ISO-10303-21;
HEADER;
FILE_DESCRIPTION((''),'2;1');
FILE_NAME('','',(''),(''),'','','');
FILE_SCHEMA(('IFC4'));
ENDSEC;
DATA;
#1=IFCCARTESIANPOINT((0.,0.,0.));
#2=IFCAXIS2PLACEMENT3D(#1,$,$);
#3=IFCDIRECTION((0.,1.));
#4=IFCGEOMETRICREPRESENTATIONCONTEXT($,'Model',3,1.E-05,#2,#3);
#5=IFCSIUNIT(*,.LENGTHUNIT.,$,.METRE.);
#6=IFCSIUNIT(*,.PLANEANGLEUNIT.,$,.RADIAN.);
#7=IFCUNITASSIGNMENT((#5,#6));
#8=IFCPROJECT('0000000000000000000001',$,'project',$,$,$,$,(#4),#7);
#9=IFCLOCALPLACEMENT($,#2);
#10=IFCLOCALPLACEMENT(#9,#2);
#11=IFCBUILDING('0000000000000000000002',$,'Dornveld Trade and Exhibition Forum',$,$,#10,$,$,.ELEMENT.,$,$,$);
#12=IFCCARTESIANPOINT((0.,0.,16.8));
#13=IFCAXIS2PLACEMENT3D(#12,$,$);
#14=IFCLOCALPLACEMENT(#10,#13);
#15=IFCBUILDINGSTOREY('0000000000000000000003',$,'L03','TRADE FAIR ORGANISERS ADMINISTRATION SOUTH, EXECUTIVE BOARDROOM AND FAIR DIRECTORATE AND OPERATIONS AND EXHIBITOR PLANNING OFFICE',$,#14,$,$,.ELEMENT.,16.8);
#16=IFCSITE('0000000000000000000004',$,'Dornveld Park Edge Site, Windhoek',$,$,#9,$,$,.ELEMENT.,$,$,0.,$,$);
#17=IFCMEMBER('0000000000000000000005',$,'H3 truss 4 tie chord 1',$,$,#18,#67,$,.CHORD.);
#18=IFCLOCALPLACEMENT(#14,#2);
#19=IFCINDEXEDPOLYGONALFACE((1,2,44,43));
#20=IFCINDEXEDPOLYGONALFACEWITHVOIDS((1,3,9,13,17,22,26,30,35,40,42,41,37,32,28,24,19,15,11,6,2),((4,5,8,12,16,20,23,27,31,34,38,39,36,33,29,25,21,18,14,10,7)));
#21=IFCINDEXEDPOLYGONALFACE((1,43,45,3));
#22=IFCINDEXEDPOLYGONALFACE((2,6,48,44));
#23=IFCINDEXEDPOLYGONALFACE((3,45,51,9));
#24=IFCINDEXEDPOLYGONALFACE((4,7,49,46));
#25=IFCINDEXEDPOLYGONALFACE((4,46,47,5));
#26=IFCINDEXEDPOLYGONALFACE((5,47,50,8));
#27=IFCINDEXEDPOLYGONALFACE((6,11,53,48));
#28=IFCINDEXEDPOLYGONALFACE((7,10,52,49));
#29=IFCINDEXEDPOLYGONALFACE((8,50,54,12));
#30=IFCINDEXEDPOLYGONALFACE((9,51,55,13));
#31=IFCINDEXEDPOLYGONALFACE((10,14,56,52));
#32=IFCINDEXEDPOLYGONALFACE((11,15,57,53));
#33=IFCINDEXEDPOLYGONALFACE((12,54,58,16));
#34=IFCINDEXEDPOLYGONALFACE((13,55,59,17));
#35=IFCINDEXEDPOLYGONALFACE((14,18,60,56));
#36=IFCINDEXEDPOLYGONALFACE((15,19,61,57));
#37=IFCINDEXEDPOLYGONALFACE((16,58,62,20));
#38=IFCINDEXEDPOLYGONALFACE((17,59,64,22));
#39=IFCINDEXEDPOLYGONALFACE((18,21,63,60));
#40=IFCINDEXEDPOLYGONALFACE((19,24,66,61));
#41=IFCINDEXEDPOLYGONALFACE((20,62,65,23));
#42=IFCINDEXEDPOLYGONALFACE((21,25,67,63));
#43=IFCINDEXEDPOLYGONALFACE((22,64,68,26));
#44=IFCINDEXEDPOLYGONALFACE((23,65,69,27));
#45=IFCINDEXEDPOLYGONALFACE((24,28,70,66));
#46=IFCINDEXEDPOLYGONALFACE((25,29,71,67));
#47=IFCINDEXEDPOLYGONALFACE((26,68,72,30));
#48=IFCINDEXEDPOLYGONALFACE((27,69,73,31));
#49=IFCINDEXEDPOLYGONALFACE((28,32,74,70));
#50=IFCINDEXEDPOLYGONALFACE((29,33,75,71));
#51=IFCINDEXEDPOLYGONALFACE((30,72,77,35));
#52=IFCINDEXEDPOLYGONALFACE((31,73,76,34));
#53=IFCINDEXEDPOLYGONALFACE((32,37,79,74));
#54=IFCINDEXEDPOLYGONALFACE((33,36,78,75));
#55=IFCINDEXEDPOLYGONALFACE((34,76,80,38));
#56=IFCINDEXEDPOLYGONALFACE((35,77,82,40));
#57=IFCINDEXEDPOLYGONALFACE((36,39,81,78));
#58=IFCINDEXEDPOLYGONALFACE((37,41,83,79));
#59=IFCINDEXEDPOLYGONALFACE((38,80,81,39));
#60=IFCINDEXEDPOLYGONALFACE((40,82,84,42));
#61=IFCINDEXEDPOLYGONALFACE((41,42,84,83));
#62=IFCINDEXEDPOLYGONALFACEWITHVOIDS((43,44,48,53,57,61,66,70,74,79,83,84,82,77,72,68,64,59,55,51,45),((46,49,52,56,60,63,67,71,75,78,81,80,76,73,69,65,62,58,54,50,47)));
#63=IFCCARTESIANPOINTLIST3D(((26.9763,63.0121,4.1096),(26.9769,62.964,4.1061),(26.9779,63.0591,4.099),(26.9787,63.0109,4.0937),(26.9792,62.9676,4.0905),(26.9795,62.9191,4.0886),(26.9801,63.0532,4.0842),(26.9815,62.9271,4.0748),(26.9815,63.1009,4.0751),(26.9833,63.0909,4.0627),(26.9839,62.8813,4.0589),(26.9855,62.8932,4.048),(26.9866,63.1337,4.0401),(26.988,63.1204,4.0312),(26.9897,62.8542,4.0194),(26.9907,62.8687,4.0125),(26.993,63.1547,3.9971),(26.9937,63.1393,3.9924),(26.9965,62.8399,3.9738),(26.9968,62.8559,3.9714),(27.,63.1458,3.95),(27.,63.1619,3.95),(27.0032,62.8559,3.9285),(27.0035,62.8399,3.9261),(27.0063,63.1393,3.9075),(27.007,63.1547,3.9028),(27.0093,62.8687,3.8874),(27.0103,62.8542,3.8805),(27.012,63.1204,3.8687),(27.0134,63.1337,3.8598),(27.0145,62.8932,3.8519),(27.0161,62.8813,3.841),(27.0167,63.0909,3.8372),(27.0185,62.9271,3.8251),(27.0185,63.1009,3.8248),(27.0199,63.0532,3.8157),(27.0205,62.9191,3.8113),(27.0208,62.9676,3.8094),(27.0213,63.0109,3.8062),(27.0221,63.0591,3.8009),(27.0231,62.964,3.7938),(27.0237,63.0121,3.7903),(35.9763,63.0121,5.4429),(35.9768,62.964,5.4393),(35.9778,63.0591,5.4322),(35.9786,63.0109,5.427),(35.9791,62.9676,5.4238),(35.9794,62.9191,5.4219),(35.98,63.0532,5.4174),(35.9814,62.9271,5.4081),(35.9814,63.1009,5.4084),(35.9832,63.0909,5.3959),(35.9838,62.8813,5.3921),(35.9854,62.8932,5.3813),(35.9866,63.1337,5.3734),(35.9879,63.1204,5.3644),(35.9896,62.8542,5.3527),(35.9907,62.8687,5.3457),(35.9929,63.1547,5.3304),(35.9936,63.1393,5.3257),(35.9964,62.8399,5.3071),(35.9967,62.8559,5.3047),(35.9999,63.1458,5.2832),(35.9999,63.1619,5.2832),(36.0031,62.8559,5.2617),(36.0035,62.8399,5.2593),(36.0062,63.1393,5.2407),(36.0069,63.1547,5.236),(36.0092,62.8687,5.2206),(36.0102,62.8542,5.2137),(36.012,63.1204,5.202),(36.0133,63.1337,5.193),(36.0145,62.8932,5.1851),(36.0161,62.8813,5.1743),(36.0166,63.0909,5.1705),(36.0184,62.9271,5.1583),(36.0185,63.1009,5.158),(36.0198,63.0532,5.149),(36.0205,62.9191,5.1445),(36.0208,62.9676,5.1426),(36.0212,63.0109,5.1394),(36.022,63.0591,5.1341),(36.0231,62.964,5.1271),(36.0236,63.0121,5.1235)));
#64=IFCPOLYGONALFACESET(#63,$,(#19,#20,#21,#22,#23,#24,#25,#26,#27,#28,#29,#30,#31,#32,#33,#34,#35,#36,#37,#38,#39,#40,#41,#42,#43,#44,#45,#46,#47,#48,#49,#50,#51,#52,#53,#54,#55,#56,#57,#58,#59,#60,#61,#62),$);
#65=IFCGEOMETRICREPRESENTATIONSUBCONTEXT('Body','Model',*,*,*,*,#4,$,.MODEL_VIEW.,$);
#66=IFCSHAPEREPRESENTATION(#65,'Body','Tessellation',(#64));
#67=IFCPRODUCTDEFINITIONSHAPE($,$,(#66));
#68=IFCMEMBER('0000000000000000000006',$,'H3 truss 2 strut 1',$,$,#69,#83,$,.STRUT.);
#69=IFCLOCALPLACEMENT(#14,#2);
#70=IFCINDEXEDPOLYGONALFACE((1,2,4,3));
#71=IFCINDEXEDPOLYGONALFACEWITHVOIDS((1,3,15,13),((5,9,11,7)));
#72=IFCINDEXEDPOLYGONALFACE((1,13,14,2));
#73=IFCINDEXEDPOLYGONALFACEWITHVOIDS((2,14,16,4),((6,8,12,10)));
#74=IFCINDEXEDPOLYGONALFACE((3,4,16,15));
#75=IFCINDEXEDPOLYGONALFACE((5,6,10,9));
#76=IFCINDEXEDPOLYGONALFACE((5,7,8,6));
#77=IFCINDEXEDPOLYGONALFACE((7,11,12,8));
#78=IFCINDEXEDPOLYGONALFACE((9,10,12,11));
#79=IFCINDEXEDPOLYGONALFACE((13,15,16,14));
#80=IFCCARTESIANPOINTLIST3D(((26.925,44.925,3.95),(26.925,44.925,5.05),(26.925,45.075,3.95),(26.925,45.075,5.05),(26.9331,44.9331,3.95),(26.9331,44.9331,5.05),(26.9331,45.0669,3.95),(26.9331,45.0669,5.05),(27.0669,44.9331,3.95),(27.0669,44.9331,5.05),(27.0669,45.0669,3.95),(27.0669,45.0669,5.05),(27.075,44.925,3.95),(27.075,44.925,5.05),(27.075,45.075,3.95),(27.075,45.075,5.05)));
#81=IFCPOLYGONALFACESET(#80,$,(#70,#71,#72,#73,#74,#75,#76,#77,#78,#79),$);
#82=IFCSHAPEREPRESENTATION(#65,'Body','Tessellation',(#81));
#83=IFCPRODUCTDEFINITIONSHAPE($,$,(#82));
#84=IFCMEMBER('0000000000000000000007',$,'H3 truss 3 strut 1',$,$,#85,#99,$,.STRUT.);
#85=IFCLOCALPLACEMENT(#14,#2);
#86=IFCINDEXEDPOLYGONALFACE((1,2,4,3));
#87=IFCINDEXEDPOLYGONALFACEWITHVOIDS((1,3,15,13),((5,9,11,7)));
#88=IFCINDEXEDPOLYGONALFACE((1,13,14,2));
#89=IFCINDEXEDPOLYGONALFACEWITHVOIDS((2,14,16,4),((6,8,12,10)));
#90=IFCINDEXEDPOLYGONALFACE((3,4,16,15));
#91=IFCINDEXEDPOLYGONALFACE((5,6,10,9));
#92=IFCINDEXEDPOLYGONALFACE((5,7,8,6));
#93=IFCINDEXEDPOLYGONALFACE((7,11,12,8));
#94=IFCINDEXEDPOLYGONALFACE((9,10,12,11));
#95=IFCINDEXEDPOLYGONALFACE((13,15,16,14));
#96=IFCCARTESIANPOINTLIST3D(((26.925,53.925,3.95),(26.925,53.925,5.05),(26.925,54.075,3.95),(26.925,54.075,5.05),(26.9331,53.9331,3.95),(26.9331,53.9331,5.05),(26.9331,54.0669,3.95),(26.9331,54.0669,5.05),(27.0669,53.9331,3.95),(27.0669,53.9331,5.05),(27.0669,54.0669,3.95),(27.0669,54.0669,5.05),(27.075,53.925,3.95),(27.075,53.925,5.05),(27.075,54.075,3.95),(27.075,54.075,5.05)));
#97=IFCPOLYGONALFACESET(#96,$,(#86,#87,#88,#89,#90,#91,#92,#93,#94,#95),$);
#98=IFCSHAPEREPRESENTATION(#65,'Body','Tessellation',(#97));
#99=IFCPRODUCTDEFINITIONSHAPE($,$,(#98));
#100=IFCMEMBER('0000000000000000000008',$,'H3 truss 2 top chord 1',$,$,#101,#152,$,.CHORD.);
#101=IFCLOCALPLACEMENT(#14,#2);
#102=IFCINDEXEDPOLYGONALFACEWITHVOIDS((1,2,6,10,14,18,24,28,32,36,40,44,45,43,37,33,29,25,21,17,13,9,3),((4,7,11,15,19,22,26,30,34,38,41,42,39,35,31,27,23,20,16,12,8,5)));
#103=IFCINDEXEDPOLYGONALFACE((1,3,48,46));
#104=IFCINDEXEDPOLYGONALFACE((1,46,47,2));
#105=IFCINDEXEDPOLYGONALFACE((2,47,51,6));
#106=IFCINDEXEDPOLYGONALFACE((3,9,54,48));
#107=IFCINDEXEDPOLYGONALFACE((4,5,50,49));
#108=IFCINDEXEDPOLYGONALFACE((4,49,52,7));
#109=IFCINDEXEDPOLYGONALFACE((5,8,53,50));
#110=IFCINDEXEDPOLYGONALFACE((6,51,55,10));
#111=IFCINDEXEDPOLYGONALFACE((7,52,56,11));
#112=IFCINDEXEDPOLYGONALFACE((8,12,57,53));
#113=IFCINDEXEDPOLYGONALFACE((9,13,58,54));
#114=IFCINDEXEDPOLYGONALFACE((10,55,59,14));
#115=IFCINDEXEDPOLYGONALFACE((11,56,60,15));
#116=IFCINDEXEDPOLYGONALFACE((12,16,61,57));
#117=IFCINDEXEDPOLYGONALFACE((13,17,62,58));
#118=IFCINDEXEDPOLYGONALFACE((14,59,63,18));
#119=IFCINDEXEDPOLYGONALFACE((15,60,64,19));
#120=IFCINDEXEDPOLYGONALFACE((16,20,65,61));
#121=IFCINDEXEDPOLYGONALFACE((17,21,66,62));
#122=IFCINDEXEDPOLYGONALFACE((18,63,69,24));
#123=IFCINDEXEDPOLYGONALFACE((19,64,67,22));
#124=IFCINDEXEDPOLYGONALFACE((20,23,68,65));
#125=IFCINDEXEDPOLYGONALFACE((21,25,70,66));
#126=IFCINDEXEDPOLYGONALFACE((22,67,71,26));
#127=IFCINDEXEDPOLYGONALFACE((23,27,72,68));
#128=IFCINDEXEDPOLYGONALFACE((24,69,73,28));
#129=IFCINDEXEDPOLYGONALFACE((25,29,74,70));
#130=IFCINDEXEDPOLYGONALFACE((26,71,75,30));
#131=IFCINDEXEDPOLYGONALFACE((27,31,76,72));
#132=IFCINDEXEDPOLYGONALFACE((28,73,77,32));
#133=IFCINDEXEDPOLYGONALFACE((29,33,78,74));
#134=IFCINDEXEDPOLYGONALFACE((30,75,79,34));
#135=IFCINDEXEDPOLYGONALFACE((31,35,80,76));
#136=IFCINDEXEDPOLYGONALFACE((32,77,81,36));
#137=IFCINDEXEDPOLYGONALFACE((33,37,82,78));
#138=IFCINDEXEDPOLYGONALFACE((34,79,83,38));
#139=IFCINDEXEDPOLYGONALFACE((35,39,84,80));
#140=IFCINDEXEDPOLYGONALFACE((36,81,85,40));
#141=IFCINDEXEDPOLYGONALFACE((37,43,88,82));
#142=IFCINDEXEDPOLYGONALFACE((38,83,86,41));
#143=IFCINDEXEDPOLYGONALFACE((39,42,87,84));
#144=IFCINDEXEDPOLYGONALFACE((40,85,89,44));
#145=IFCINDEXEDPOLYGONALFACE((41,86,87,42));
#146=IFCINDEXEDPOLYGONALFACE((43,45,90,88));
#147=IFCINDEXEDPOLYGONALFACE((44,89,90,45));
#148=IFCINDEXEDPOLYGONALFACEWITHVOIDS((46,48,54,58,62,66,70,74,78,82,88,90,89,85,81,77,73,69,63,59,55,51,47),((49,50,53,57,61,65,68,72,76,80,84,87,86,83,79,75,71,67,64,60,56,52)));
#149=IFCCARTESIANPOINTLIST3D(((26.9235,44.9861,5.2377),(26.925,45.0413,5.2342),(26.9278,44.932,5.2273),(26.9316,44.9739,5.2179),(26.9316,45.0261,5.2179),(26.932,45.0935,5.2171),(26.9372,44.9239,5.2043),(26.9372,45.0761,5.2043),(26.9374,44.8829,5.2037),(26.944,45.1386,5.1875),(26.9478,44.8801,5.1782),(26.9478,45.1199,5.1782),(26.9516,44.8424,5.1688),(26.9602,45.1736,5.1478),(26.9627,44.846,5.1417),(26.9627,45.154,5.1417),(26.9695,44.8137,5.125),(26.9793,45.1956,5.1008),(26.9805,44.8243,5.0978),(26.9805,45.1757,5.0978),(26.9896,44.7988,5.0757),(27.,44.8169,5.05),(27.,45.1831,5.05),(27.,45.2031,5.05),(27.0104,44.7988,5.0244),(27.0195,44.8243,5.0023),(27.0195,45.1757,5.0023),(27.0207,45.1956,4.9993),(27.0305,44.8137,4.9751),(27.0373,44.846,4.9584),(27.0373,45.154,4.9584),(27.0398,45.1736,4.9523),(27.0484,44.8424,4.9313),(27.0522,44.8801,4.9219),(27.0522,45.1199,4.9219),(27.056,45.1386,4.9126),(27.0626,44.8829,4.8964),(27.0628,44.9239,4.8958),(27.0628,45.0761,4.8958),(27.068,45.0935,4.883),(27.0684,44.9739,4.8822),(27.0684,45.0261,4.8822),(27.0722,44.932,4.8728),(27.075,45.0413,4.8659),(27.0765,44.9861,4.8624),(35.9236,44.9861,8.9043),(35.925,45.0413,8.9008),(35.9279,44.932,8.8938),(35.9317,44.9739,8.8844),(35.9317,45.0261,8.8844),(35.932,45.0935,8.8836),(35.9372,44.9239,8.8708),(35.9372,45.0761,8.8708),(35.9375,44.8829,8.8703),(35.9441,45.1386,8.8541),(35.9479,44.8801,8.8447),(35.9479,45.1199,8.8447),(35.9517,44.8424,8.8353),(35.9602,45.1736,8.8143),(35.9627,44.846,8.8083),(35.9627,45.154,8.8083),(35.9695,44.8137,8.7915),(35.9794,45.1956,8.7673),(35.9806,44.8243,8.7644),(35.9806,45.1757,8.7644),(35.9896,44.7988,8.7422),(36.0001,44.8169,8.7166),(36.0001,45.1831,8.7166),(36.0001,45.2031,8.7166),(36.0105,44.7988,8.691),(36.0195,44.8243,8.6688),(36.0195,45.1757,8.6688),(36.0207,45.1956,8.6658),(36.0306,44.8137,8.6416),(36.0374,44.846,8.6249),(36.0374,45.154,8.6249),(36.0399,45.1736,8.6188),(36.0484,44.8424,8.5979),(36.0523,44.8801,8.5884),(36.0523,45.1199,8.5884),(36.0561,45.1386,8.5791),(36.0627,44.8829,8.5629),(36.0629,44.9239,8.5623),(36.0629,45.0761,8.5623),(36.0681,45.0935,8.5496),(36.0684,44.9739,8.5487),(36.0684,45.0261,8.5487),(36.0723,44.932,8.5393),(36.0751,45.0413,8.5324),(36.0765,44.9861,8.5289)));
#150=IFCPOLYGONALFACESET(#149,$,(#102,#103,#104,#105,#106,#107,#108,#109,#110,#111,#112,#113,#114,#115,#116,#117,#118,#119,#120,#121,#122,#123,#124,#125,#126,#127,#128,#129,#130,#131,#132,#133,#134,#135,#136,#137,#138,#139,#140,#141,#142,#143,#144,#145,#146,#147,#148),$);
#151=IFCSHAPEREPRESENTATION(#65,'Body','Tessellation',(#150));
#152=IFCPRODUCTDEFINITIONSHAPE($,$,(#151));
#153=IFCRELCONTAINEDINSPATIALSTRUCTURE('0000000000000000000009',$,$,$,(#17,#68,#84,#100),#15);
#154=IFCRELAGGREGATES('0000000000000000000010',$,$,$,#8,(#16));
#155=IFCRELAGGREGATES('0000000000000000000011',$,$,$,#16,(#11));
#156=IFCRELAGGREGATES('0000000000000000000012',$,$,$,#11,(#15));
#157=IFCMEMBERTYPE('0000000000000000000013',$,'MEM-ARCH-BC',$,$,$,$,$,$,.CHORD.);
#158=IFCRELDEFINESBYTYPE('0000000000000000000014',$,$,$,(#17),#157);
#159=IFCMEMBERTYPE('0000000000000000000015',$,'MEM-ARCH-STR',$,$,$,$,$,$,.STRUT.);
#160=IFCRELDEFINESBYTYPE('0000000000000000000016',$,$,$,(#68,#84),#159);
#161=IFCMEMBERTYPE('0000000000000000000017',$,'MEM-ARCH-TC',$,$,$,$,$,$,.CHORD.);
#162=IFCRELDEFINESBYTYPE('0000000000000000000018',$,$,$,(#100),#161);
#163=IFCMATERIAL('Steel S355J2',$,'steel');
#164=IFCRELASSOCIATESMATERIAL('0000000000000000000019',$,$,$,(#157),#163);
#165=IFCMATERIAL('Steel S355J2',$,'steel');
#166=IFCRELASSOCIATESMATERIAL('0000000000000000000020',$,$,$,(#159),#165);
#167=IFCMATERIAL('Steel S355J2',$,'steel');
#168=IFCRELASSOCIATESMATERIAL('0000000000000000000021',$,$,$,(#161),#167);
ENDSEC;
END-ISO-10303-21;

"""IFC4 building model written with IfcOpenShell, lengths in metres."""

from ifc_helpers import new_model, si_unit, direction, frame, origin, origin_2d, place, context, subcontext, project, spatial, hollow_rectangle, hollow_circle, extrude, material, material_profile, profile_set, type_object, element, save


model = new_model("IFC4")

# Units and contexts
model_context = context("Model", 3, precision=1e-05, world=origin(), true_north=direction((0.0, 1.0)))
body_context = subcontext(model_context, "Body", "Model", "MODEL_VIEW")
ifc_project = project(units=[si_unit("LENGTHUNIT", "METRE"), si_unit("PLANEANGLEUNIT", "RADIAN")], contexts=[model_context])

# Site, building, storey
site_placement = place(None, origin())
site = spatial("IfcSite", under=ifc_project, at=site_placement, Name="Dornveld Park Edge Site, Windhoek", CompositionType="ELEMENT", RefElevation=0.0)
building_placement = place(site_placement, origin())
building = spatial("IfcBuilding", under=site, at=building_placement, Name="Dornveld Trade and Exhibition Forum", CompositionType="ELEMENT")
storey_placement = place(building_placement, frame((0.0, 0.0, 16.8)))
storey = spatial("IfcBuildingStorey", under=building, at=storey_placement, Name="L03", Description="TRADE FAIR ORGANISERS ADMINISTRATION SOUTH, EXECUTIVE BOARDROOM AND FAIR DIRECTORATE AND OPERATIONS AND EXHIBITOR PLANNING OFFICE", CompositionType="ELEMENT", Elevation=16.8)

# Members
ifc_material_1 = material(Name="Steel S355J2", Category="steel")
ifc_material_profile_1 = material_profile(ifc_material_1, hollow_circle(Radius=0.1619, WallThickness=0.0161, at=origin_2d()), Name="CHS 323.9x16")
ifc_profile_set_1 = profile_set([ifc_material_profile_1], Name="Steel S355J2")
member_type_1 = type_object("IfcMemberType", Name="MEM-ARCH-BC", PredefinedType="CHORD", material=ifc_profile_set_1)
for number, where, z_axis, x_axis, name in (
    (1, (27.0, 63.0, 3.95), (0.989205, 0.0, 0.14654), (0.0, 1.0, 0.0), "H3 truss 4 tie chord 1"),
):
    element("IfcMember", number, at=place(storey_placement, frame(where, z_axis=z_axis, x_axis=x_axis)), inside=storey, type_object=member_type_1, Name=name, PredefinedType="CHORD", context=body_context, shape_type="SweptSolid", body=[
        extrude(hollow_circle(Radius=0.1619, WallThickness=0.0161, at=origin_2d()), origin(), (0.0, 0.0, 1.0), 9.0981),
    ])
ifc_material_2 = material(Name="Steel S355J2", Category="steel")
ifc_material_profile_2 = material_profile(ifc_material_2, hollow_rectangle(XDim=0.1499, YDim=0.1499, WallThickness=0.0081, at=origin_2d()), Name="SHS 150x150x8")
ifc_profile_set_2 = profile_set([ifc_material_profile_2], Name="Steel S355J2")
member_type_2 = type_object("IfcMemberType", Name="MEM-ARCH-STR", PredefinedType="STRUT", material=ifc_profile_set_2)
for number, where, z_axis, x_axis, name in (
    (2, (27.0, 45.0, 3.95), (0.0, 0.0, 1.0), (1.0, 0.0, 0.0), "H3 truss 2 strut 1"),
    (3, (27.0, 54.0, 3.95), (0.0, 0.0, 1.0), (1.0, 0.0, 0.0), "H3 truss 3 strut 1"),
):
    element("IfcMember", number, at=place(storey_placement, frame(where, z_axis=z_axis, x_axis=x_axis)), inside=storey, type_object=member_type_2, Name=name, PredefinedType="STRUT", context=body_context, shape_type="SweptSolid", body=[
        extrude(hollow_rectangle(XDim=0.1499, YDim=0.1499, WallThickness=0.0081, at=origin_2d()), origin(), (0.0, 0.0, 1.0), 1.1001),
    ])
ifc_material_3 = material(Name="Steel S355J2", Category="steel")
ifc_material_profile_3 = material_profile(ifc_material_3, hollow_circle(Radius=0.2031, WallThickness=0.02, at=origin_2d()), Name="CHS 406.4x20")
ifc_profile_set_3 = profile_set([ifc_material_profile_3], Name="Steel S355J2")
member_type_3 = type_object("IfcMemberType", Name="MEM-ARCH-TC", PredefinedType="CHORD", material=ifc_profile_set_3)
member_1_placement = place(storey_placement, frame((27.0, 45.0, 5.05), z_axis=(0.926098, 0.0, 0.377283), x_axis=(0.0, 1.0, 0.0)))
element("IfcMember", 4, at=member_1_placement, inside=storey, type_object=member_type_3, Name="H3 truss 2 top chord 1", PredefinedType="CHORD", context=body_context, shape_type="SweptSolid", body=[
    extrude(hollow_circle(Radius=0.2031, WallThickness=0.02, at=origin_2d()), origin(), (0.0, 0.0, 1.0), 9.7183),
])

save(model, "model.ifc")
